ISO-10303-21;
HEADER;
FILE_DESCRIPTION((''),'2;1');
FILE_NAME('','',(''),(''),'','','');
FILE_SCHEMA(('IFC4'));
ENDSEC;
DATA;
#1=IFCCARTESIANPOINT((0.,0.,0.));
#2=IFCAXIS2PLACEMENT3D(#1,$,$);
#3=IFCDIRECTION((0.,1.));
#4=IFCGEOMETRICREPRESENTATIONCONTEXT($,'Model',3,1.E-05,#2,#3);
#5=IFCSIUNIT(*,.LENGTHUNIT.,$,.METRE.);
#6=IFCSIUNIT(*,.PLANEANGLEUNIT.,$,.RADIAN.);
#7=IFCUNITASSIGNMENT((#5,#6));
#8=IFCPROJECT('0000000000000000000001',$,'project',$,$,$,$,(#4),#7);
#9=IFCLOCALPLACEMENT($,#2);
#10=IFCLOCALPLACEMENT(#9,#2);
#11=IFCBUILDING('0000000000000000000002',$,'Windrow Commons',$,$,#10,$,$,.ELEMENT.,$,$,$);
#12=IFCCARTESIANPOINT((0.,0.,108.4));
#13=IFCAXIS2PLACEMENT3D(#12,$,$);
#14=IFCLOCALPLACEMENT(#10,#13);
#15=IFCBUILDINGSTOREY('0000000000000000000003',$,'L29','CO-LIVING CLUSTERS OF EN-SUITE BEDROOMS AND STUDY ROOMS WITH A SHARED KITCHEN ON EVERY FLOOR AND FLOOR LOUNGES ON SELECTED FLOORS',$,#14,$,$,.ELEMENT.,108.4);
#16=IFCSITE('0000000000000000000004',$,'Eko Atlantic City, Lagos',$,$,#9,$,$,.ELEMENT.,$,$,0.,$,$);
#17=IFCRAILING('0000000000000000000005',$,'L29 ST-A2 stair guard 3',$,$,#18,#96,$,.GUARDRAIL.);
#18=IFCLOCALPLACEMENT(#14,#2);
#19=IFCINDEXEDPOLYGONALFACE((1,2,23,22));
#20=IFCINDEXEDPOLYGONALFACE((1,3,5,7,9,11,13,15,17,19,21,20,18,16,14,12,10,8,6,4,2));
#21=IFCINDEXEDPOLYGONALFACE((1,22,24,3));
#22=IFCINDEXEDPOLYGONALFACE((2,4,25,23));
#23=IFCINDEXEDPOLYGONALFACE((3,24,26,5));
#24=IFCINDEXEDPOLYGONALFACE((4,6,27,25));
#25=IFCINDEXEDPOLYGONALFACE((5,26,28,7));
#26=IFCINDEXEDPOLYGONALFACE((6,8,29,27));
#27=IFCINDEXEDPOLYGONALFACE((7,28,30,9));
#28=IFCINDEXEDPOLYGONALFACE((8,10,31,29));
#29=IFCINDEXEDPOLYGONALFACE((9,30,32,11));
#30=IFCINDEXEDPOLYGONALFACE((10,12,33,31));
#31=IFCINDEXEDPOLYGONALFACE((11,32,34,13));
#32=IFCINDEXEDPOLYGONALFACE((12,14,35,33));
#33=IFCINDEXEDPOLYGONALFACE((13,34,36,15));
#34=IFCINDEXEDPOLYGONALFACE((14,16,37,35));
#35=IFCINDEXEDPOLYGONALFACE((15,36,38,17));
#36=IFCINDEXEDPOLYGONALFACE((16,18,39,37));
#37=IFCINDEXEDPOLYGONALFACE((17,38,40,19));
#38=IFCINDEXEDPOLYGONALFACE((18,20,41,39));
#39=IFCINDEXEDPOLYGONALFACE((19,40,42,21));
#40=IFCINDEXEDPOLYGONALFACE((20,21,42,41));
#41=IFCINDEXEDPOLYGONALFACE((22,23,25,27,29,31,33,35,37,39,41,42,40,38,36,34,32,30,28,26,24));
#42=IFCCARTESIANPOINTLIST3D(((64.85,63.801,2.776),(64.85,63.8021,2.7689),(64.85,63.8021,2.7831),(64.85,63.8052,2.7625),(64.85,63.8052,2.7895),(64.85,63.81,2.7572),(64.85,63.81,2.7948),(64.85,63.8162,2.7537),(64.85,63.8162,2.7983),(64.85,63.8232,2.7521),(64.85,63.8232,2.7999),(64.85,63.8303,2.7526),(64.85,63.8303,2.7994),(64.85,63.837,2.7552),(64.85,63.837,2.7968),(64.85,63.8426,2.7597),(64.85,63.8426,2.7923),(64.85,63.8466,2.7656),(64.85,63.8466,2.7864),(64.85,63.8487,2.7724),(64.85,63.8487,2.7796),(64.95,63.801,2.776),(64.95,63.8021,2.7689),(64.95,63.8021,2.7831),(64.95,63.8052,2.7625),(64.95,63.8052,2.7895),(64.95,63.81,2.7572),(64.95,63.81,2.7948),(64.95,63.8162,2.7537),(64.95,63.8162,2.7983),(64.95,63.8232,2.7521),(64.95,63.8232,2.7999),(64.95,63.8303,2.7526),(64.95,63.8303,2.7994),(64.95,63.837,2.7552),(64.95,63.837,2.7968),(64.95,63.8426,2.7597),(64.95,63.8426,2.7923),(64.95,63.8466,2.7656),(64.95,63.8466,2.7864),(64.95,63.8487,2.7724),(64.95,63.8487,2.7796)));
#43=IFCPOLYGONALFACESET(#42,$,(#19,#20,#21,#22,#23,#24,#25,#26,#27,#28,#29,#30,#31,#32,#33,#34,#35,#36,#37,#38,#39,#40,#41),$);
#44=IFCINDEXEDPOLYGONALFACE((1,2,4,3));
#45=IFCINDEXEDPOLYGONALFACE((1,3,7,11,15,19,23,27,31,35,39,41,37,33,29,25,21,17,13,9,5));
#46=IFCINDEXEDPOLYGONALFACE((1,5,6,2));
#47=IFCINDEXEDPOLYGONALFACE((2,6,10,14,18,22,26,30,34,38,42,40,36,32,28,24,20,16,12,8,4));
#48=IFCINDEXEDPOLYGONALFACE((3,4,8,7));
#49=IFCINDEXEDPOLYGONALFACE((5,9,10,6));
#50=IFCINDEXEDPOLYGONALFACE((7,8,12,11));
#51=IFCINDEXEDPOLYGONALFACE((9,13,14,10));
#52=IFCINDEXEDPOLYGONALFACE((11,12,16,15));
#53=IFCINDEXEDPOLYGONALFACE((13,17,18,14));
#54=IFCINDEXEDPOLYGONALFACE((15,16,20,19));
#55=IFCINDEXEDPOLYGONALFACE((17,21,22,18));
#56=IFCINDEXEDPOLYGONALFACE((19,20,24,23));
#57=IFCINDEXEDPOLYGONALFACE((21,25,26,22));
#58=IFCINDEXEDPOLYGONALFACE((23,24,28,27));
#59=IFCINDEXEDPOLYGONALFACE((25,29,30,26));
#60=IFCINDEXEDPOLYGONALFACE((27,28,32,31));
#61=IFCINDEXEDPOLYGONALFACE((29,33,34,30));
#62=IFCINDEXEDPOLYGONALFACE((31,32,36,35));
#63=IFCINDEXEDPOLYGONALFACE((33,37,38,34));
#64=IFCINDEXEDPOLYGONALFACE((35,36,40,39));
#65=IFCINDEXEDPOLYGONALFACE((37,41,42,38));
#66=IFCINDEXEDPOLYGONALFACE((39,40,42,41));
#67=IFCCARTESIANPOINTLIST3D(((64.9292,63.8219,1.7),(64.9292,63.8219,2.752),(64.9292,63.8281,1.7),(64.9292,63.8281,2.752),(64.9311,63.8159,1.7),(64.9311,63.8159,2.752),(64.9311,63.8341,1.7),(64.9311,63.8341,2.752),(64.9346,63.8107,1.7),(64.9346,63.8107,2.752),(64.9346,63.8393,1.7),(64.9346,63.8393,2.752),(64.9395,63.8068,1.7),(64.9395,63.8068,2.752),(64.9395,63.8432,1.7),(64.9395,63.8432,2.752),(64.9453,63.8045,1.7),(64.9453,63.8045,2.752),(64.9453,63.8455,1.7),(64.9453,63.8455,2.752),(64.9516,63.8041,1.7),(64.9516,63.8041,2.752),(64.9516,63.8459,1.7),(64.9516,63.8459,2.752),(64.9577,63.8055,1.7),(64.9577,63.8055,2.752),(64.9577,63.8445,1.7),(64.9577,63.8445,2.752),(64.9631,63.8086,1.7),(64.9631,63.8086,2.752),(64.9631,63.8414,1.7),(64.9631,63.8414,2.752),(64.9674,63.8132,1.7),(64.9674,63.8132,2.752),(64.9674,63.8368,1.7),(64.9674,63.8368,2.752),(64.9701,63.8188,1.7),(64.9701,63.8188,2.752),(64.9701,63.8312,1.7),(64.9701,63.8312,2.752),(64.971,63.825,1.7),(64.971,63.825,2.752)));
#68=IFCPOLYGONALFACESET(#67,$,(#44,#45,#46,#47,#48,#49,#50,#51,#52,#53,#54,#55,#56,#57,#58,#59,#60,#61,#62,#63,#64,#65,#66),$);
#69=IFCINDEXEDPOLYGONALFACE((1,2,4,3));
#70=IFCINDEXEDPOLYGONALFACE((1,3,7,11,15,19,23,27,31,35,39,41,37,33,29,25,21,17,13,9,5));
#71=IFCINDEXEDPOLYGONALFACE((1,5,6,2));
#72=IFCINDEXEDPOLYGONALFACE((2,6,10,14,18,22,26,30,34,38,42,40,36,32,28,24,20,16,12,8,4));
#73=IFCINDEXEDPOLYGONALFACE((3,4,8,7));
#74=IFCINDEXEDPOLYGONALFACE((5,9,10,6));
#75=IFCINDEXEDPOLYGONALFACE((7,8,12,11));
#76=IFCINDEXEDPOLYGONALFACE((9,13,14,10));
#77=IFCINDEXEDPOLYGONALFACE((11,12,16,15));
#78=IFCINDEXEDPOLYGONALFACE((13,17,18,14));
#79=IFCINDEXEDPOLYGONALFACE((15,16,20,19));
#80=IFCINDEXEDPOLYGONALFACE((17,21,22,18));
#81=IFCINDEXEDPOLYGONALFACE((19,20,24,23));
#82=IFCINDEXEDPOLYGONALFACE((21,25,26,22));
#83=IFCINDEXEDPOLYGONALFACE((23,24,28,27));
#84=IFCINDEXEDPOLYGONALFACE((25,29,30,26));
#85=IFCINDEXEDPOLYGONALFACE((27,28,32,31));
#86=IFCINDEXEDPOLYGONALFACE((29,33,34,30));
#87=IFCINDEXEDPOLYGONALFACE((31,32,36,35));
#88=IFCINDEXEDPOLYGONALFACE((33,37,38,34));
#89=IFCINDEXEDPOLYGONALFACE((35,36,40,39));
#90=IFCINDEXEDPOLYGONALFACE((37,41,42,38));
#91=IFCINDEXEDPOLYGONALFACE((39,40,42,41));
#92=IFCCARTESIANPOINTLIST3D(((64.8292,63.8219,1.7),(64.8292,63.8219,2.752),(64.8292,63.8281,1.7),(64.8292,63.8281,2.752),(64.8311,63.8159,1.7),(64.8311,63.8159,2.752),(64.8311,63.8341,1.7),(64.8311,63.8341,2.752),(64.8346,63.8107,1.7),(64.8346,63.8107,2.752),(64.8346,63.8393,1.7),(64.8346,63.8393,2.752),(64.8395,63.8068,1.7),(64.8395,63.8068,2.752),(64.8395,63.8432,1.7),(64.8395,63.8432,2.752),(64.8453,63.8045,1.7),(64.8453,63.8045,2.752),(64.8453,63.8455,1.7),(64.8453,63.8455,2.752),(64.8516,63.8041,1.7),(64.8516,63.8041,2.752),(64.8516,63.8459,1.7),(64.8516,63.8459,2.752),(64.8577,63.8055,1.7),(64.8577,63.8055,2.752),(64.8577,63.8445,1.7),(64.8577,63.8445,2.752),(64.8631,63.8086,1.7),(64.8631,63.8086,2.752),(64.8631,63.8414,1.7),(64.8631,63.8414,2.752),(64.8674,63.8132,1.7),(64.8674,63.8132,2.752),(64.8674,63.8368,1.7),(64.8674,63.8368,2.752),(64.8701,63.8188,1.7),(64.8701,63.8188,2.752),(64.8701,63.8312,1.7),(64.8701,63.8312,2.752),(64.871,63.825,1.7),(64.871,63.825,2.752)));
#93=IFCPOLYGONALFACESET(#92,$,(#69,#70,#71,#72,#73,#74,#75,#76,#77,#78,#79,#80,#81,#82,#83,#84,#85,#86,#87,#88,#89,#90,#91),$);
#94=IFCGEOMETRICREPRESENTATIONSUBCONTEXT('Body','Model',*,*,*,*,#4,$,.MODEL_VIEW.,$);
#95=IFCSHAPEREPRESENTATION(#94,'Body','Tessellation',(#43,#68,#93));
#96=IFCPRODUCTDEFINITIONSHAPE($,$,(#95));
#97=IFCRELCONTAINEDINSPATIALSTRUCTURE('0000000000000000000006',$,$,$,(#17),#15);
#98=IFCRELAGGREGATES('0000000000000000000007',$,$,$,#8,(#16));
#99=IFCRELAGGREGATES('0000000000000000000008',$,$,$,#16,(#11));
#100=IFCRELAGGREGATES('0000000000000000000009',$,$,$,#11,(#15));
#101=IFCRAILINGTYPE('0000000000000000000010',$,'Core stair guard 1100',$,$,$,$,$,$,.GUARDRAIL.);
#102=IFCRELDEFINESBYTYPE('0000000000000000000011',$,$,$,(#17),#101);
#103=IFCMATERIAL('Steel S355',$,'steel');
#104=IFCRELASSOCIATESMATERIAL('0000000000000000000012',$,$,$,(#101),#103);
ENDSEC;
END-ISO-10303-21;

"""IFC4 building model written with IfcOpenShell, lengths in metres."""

from ifc_helpers import new_model, si_unit, direction, frame, origin, origin_2d, place, context, subcontext, project, spatial, circle, extrude, material, type_object, element, save


model = new_model("IFC4")

# Units and contexts
model_context = context("Model", 3, precision=1e-05, world=origin(), true_north=direction((0.0, 1.0)))
body_context = subcontext(model_context, "Body", "Model", "MODEL_VIEW")
ifc_project = project(units=[si_unit("LENGTHUNIT", "METRE"), si_unit("PLANEANGLEUNIT", "RADIAN")], contexts=[model_context])

# Site, building, storey
site_placement = place(None, origin())
site = spatial("IfcSite", under=ifc_project, at=site_placement, Name="Eko Atlantic City, Lagos", CompositionType="ELEMENT", RefElevation=0.0)
building_placement = place(site_placement, origin())
building = spatial("IfcBuilding", under=site, at=building_placement, Name="Windrow Commons", CompositionType="ELEMENT")
storey_placement = place(building_placement, frame((0.0, 0.0, 108.4)))
storey = spatial("IfcBuildingStorey", under=building, at=storey_placement, Name="L29", Description="CO-LIVING CLUSTERS OF EN-SUITE BEDROOMS AND STUDY ROOMS WITH A SHARED KITCHEN ON EVERY FLOOR AND FLOOR LOUNGES ON SELECTED FLOORS", CompositionType="ELEMENT", Elevation=108.4)

# Railing
ifc_material_1 = material(Name="Steel S355", Category="steel")
railing_type_1 = type_object("IfcRailingType", Name="Core stair guard 1100", PredefinedType="GUARDRAIL", material=ifc_material_1)
railing_1_placement = place(storey_placement, frame((64.95, 63.825, 1.7)))
element("IfcRailing", 1, at=railing_1_placement, inside=storey, type_object=railing_type_1, Name="L29 ST-A2 stair guard 3", PredefinedType="GUARDRAIL", context=body_context, shape_type="SweptSolid", body=[
    extrude(circle(Radius=0.024, at=origin_2d()), frame((0.0, 0.0, 1.076), z_axis=(-1.0, 0.0, 0.0), x_axis=(0.0, -1.0, 0.0)), (0.0, 0.0, 1.0), 0.1),
    extrude(circle(Radius=0.021, at=origin_2d()), origin(), (0.0, 0.0, 1.0), 1.052),
    extrude(circle(Radius=0.021, at=origin_2d()), frame((-0.1, 0.0, 0.0)), (0.0, 0.0, 1.0), 1.052),
])

save(model, "model.ifc")
